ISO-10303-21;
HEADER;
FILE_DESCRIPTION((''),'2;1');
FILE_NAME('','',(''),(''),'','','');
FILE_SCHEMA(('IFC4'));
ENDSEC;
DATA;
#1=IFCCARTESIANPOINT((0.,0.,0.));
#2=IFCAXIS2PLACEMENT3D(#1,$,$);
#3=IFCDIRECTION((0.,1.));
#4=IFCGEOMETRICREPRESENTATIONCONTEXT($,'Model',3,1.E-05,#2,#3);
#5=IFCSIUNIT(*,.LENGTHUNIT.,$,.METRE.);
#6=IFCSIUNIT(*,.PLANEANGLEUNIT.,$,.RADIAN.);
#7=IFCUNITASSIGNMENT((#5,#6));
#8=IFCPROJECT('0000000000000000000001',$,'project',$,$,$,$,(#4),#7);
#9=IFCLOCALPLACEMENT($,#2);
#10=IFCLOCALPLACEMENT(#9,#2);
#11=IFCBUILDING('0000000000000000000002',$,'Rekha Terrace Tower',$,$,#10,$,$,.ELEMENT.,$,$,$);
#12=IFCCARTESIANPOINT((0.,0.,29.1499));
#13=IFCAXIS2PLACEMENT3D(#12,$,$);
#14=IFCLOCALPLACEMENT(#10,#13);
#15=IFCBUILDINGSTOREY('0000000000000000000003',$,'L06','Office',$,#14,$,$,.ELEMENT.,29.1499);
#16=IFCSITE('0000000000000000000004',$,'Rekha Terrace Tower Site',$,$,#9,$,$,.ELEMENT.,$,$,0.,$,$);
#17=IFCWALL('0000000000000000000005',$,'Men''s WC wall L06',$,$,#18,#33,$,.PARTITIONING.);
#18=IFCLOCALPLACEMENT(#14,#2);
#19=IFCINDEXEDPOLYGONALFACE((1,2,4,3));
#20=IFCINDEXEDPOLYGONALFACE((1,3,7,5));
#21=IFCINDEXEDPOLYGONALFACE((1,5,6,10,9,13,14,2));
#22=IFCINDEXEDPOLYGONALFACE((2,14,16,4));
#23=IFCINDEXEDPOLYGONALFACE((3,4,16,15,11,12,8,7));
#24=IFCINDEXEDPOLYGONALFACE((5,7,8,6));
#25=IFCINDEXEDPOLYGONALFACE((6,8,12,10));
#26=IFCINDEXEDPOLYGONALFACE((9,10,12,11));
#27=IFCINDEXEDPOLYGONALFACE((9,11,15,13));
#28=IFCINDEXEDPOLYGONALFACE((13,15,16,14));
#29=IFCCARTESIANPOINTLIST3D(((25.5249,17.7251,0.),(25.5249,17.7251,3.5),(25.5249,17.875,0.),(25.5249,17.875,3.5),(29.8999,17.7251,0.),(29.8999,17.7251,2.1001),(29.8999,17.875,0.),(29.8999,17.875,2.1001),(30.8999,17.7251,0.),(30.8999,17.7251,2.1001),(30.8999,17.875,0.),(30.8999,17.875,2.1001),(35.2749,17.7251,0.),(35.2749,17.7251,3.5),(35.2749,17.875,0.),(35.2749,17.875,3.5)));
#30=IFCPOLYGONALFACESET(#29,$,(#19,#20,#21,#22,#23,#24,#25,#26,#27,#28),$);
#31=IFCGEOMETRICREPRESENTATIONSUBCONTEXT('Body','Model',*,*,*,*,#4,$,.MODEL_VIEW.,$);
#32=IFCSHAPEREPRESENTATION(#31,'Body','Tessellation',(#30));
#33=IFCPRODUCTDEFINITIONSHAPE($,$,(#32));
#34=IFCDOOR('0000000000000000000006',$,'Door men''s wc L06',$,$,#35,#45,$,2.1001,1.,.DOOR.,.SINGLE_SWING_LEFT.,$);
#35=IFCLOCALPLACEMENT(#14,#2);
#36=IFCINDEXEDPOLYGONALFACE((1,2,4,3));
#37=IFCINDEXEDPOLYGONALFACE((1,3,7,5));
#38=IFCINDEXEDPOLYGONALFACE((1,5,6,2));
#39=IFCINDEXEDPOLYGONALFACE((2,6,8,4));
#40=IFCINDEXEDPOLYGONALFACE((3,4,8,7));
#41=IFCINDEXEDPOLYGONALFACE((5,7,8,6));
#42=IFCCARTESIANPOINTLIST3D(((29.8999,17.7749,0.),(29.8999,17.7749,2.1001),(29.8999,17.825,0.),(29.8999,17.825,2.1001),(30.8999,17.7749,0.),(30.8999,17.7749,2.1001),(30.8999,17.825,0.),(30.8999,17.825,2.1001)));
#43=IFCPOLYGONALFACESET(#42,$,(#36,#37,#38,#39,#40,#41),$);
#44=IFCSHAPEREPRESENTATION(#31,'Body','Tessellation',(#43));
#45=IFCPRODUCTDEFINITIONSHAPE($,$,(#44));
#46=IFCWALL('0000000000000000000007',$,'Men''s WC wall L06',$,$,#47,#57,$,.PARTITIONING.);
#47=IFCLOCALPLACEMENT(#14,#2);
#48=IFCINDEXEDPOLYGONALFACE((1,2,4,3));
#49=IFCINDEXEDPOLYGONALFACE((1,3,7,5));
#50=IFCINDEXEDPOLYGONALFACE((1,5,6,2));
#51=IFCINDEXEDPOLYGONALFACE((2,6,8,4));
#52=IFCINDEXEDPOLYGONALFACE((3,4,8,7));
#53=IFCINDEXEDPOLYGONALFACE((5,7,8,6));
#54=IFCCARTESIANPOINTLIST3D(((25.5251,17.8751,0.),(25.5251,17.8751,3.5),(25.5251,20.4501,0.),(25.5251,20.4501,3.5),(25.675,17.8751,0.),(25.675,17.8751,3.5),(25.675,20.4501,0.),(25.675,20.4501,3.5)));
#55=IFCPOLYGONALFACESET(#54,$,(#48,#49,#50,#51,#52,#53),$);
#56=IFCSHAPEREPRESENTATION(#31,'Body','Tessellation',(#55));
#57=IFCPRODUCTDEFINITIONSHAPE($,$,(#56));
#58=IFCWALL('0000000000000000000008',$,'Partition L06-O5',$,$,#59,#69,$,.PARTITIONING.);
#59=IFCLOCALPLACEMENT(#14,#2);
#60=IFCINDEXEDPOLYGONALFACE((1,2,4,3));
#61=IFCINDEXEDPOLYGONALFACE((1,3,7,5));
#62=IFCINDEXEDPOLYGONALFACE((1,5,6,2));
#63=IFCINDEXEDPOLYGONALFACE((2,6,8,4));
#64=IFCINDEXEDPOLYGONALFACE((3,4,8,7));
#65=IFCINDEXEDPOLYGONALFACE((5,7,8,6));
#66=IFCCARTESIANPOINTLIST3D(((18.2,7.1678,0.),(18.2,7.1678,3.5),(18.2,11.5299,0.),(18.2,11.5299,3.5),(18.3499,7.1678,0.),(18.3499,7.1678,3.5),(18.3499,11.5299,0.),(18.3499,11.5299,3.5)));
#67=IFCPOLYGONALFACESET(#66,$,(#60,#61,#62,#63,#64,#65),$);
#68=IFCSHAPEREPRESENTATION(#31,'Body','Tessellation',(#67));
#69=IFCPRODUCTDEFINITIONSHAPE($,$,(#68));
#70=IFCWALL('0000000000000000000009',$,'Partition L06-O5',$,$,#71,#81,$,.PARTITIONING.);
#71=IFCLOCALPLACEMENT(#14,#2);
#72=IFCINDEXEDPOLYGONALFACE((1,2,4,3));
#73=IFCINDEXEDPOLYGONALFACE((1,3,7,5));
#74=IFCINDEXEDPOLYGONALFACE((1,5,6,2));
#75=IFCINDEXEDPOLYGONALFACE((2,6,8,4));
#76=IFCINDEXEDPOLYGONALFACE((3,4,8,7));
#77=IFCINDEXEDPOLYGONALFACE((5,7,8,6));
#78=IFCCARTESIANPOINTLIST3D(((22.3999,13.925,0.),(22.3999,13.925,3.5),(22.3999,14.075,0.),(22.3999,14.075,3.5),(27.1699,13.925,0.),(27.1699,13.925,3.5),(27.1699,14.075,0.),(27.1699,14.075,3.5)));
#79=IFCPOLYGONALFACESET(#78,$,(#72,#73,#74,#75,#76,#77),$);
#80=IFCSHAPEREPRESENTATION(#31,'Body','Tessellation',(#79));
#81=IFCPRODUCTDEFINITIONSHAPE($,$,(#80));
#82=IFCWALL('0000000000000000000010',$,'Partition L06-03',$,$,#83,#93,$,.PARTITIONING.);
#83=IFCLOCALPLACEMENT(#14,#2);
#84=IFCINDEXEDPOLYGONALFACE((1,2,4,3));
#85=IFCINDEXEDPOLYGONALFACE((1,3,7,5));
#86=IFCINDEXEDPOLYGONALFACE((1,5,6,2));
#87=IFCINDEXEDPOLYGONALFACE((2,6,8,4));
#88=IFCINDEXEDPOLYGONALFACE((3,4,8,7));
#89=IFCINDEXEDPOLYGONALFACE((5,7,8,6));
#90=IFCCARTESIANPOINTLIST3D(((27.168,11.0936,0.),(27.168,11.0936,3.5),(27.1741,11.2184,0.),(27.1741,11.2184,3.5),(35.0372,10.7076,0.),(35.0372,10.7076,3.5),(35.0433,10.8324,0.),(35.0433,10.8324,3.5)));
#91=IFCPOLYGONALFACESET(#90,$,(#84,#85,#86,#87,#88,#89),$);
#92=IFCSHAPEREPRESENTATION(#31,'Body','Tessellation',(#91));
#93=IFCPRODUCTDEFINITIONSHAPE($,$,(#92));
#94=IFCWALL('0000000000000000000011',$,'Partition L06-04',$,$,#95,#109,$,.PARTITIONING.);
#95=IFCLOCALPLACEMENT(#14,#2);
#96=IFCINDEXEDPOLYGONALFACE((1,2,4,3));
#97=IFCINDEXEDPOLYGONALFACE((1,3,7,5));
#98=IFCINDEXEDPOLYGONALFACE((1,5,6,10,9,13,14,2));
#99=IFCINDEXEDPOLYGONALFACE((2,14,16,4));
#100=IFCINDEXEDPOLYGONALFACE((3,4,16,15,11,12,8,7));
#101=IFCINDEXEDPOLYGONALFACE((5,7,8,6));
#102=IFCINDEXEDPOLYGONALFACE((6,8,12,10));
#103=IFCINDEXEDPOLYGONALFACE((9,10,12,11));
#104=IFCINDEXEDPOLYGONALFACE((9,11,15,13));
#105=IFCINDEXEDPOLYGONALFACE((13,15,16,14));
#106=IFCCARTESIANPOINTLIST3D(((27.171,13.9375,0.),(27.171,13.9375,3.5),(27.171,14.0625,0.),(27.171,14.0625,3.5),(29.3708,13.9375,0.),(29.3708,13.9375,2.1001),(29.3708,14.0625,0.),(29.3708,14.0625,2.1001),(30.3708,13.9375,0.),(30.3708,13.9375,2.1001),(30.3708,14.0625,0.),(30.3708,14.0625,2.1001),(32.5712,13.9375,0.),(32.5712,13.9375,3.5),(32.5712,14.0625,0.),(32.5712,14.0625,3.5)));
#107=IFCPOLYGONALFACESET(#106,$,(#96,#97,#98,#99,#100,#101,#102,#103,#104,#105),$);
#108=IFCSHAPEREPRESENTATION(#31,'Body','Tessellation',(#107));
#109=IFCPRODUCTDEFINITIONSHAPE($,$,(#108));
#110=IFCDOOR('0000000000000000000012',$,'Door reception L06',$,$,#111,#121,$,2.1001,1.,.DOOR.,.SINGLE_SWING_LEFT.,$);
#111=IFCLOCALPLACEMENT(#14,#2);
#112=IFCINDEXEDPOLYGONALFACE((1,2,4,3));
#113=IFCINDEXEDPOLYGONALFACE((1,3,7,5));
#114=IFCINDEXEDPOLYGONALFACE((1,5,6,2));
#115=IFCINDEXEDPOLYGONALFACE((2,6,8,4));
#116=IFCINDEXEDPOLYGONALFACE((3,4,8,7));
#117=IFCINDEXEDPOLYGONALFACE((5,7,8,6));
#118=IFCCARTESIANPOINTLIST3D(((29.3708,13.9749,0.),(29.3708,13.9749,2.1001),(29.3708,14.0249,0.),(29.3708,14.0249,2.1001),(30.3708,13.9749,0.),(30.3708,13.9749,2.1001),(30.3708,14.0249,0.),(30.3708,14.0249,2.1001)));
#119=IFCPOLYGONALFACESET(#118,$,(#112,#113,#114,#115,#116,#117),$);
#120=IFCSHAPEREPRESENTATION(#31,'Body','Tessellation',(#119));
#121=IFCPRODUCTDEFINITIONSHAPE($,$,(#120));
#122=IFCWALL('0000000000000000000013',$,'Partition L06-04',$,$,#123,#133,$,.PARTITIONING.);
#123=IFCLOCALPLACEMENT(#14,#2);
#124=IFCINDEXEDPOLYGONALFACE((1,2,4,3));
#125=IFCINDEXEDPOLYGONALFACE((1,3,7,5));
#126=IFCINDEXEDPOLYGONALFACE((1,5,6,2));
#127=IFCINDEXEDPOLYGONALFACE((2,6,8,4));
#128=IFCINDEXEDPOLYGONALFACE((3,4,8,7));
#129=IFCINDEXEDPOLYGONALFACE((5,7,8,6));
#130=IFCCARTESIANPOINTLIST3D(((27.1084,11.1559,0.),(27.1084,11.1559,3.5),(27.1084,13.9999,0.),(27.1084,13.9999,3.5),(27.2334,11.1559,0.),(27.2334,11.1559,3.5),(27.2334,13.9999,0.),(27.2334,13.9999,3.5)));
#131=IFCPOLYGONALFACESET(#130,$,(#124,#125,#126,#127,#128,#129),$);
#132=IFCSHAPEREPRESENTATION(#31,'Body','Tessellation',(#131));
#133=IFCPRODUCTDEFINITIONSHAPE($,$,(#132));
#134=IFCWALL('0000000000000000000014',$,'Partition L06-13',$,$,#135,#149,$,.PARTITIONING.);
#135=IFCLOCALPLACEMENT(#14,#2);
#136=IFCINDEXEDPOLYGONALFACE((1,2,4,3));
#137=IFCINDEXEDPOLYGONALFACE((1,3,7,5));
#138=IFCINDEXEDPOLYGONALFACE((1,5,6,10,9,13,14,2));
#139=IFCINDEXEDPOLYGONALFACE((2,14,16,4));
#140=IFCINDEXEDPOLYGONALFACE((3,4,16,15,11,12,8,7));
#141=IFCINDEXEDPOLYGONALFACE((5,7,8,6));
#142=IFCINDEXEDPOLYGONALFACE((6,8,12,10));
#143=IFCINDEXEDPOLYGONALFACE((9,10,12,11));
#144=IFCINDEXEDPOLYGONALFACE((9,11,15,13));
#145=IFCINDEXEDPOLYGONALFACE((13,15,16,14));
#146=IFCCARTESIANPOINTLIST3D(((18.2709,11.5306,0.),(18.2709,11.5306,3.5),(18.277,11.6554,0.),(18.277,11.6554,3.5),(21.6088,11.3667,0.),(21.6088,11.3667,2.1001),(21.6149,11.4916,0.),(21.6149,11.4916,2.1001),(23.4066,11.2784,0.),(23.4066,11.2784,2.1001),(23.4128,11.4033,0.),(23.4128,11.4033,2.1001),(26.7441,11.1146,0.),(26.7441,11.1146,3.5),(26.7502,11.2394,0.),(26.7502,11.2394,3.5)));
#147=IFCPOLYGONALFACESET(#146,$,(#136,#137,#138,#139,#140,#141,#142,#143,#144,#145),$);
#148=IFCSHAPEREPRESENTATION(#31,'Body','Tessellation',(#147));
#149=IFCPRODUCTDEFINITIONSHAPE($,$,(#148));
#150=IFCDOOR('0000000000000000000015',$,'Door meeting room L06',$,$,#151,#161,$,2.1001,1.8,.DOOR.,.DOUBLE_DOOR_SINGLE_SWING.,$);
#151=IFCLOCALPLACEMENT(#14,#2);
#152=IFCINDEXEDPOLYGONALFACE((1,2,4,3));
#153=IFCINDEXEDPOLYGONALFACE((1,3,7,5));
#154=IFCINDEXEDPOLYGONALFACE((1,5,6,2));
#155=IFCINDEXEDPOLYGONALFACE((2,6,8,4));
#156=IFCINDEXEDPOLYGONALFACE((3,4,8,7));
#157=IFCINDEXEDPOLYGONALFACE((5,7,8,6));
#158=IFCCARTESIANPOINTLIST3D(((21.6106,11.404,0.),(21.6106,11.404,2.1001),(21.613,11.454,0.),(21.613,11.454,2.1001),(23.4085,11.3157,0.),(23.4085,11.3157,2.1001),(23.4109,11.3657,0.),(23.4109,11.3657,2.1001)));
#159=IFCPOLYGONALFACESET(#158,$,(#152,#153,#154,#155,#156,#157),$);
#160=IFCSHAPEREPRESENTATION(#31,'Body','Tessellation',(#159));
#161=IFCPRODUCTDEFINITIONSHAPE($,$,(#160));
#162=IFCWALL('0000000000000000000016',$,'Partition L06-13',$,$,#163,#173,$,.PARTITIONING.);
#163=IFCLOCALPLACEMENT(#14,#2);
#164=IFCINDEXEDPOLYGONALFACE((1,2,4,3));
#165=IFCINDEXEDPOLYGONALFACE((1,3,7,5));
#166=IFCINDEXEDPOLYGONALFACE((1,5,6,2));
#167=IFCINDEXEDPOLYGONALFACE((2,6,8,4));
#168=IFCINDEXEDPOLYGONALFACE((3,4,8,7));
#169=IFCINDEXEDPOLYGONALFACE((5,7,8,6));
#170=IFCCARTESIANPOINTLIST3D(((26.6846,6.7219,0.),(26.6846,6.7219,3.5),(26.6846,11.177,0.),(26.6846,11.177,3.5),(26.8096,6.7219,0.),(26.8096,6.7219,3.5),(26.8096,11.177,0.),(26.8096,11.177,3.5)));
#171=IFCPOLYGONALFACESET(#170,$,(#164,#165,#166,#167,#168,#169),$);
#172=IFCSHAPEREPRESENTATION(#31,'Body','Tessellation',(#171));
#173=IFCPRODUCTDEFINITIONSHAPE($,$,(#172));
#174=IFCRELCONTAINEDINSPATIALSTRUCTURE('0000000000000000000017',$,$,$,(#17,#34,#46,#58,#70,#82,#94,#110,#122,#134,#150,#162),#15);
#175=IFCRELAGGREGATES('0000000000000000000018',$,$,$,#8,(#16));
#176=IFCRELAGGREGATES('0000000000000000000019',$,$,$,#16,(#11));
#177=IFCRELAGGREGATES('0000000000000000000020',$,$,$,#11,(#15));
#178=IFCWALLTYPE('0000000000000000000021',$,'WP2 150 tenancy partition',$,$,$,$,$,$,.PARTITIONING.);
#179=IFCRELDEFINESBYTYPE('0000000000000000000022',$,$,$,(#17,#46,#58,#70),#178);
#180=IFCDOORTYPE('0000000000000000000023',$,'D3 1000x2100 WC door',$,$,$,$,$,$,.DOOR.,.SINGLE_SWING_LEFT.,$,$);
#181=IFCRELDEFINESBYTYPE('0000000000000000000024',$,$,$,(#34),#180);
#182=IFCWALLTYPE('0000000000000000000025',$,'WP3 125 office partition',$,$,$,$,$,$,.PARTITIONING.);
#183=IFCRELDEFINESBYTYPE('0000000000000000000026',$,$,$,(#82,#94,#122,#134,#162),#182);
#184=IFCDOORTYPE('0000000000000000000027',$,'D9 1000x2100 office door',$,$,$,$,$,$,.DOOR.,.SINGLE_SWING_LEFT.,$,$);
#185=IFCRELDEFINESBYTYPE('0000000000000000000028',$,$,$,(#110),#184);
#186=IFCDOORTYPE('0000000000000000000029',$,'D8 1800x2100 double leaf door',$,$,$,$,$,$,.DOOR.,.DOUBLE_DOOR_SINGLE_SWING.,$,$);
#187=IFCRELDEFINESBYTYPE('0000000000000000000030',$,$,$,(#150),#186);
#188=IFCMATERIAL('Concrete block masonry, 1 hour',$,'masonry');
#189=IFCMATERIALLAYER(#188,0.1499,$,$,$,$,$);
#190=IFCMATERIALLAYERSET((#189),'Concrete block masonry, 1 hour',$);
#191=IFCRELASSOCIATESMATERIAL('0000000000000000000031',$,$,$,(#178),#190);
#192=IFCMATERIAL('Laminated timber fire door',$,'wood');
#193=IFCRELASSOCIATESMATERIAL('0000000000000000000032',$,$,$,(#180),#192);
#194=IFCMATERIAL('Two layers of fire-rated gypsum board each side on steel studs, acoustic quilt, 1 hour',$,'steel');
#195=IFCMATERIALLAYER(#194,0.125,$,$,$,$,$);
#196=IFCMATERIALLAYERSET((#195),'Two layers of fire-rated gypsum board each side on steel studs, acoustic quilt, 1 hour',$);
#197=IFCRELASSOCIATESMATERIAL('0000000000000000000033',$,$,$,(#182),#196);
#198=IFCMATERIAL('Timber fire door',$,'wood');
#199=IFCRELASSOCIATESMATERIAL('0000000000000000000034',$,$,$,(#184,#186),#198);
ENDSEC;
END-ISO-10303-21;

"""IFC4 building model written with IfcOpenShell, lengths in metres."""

from ifc_helpers import new_model, si_unit, direction, frame, frame_2d, origin, place, context, subcontext, project, spatial, rectangle, extrude, material, layer, layer_set, type_object, element, fill, save


model = new_model("IFC4")

# Units and contexts
model_context = context("Model", 3, precision=1e-05, world=origin(), true_north=direction((0.0, 1.0)))
body_context = subcontext(model_context, "Body", "Model", "MODEL_VIEW")
ifc_project = project(units=[si_unit("LENGTHUNIT", "METRE"), si_unit("PLANEANGLEUNIT", "RADIAN")], contexts=[model_context])

# Site, building, storey
site_placement = place(None, origin())
site = spatial("IfcSite", under=ifc_project, at=site_placement, Name="Rekha Terrace Tower Site", CompositionType="ELEMENT", RefElevation=0.0)
building_placement = place(site_placement, origin())
building = spatial("IfcBuilding", under=site, at=building_placement, Name="Rekha Terrace Tower", CompositionType="ELEMENT")
storey_placement = place(building_placement, frame((0.0, 0.0, 29.1499)))
storey = spatial("IfcBuildingStorey", under=building, at=storey_placement, Name="L06", Description="Office", CompositionType="ELEMENT", Elevation=29.1499)

# Wall, opening, door
ifc_material_1 = material(Name="Concrete block masonry, 1 hour", Category="masonry")
ifc_layer_1 = layer(ifc_material_1, 0.1499)
ifc_layer_set_1 = layer_set([ifc_layer_1], Name="Concrete block masonry, 1 hour")
wall_type_1 = type_object("IfcWallType", Name="WP2 150 tenancy partition", PredefinedType="PARTITIONING", material=ifc_layer_set_1)
wall_1_placement = place(storey_placement, frame((25.5249, 17.8, 0.0), z_axis=(0.0, 0.0, 1.0), x_axis=(1.0, 0.0, 0.0)))
wall_1 = element("IfcWall", 1, at=wall_1_placement, inside=storey, type_object=wall_type_1, Name="Men's WC wall L06", PredefinedType="PARTITIONING", context=body_context, shape_type="SweptSolid", body=[
    extrude(rectangle(XDim=9.75, YDim=0.1499, at=frame_2d((4.875, 0.0))), origin(), (0.0, 0.0, 1.0), 3.5),
])
opening_1_placement = place(wall_1_placement, frame((4.375, 0.0, 0.0)))
opening_1 = element("IfcOpeningElement", 2, at=opening_1_placement, cuts=wall_1, PredefinedType="OPENING", context=body_context, shape_type="SweptSolid", body=[
    extrude(rectangle(XDim=1.0, YDim=2.1001, at=frame_2d((0.5, 1.05))), frame((0.0, 0.085, 0.0), z_axis=(0.0, -1.0, 0.0), x_axis=(1.0, 0.0, 0.0)), (0.0, 0.0, 1.0), 0.1699),
])
ifc_material_2 = material(Name="Laminated timber fire door", Category="wood")
door_type_1 = type_object("IfcDoorType", Name="D3 1000x2100 WC door", OperationType="SINGLE_SWING_LEFT", PredefinedType="DOOR", material=ifc_material_2)
door_1_placement = place(opening_1_placement, origin())
door_1 = element("IfcDoor", 3, at=door_1_placement, inside=storey, type_object=door_type_1, Name="Door men's wc L06", OperationType="SINGLE_SWING_LEFT", OverallHeight=2.1001, OverallWidth=1.0, PredefinedType="DOOR", context=body_context, shape_type="SweptSolid", body=[
    extrude(rectangle(XDim=1.0, YDim=2.1001, at=frame_2d((0.5, 1.05))), frame((0.0, 0.0249, 0.0), z_axis=(0.0, -1.0, 0.0), x_axis=(1.0, 0.0, 0.0)), (0.0, 0.0, 1.0), 0.05),
])
fill(opening_1, door_1)

# Walls
wall_2_placement = place(storey_placement, frame((25.6001, 17.875, 0.0), z_axis=(0.0, 0.0, 1.0), x_axis=(0.0, 1.0, 0.0)))
element("IfcWall", 4, at=wall_2_placement, inside=storey, type_object=wall_type_1, Name="Men's WC wall L06", PredefinedType="PARTITIONING", context=body_context, shape_type="SweptSolid", body=[
    extrude(rectangle(XDim=2.575, YDim=0.1499, at=frame_2d((1.2876, 0.0))), origin(), (0.0, 0.0, 1.0), 3.5),
])
wall_3_placement = place(storey_placement, frame((18.2749, 11.53, 0.0), z_axis=(0.0, 0.0, 1.0), x_axis=(0.0, -1.0, 0.0)))
element("IfcWall", 5, at=wall_3_placement, inside=storey, type_object=wall_type_1, Name="Partition L06-O5", PredefinedType="PARTITIONING", context=body_context, shape_type="SweptSolid", body=[
    extrude(rectangle(XDim=4.3621, YDim=0.1499, at=frame_2d((2.1812, 0.0))), origin(), (0.0, 0.0, 1.0), 3.5),
])
wall_4_placement = place(storey_placement, frame((22.3999, 14.0, 0.0), z_axis=(0.0, 0.0, 1.0), x_axis=(1.0, 0.0, 0.0)))
element("IfcWall", 6, at=wall_4_placement, inside=storey, type_object=wall_type_1, Name="Partition L06-O5", PredefinedType="PARTITIONING", context=body_context, shape_type="SweptSolid", body=[
    extrude(rectangle(XDim=4.77, YDim=0.1499, at=frame_2d((2.385, 0.0))), origin(), (0.0, 0.0, 1.0), 3.5),
])
ifc_material_3 = material(Name="Two layers of fire-rated gypsum board each side on steel studs, acoustic quilt, 1 hour", Category="steel")
ifc_layer_2 = layer(ifc_material_3, 0.125)
ifc_layer_set_2 = layer_set([ifc_layer_2], Name="Two layers of fire-rated gypsum board each side on steel studs, acoustic quilt, 1 hour")
wall_type_2 = type_object("IfcWallType", Name="WP3 125 office partition", PredefinedType="PARTITIONING", material=ifc_layer_set_2)
wall_5_placement = place(storey_placement, frame((27.1709, 11.156, 0.0), z_axis=(0.0, 0.0, 1.0), x_axis=(0.998799, -0.048992, 0.0)))
element("IfcWall", 7, at=wall_5_placement, inside=storey, type_object=wall_type_2, Name="Partition L06-03", PredefinedType="PARTITIONING", context=body_context, shape_type="SweptSolid", body=[
    extrude(rectangle(XDim=7.8787, YDim=0.125, at=frame_2d((3.9395, 0.0))), origin(), (0.0, 0.0, 1.0), 3.5),
])

# Wall, opening, door
wall_6_placement = place(storey_placement, frame((27.1709, 14.0, 0.0), z_axis=(0.0, 0.0, 1.0), x_axis=(1.0, 0.0, 0.0)))
wall_6 = element("IfcWall", 8, at=wall_6_placement, inside=storey, type_object=wall_type_2, Name="Partition L06-04", PredefinedType="PARTITIONING", context=body_context, shape_type="SweptSolid", body=[
    extrude(rectangle(XDim=5.4001, YDim=0.125, at=frame_2d((2.7002, 0.0))), origin(), (0.0, 0.0, 1.0), 3.5),
])
opening_2_placement = place(wall_6_placement, frame((2.2, 0.0, 0.0)))
opening_2 = element("IfcOpeningElement", 9, at=opening_2_placement, cuts=wall_6, PredefinedType="OPENING", context=body_context, shape_type="SweptSolid", body=[
    extrude(rectangle(XDim=1.0, YDim=2.1001, at=frame_2d((0.5, 1.05))), frame((0.0, 0.0725, 0.0), z_axis=(0.0, -1.0, 0.0), x_axis=(1.0, 0.0, 0.0)), (0.0, 0.0, 1.0), 0.145),
])
ifc_material_4 = material(Name="Timber fire door", Category="wood")
door_type_2 = type_object("IfcDoorType", Name="D9 1000x2100 office door", OperationType="SINGLE_SWING_LEFT", PredefinedType="DOOR", material=ifc_material_4)
door_2_placement = place(opening_2_placement, origin())
door_2 = element("IfcDoor", 10, at=door_2_placement, inside=storey, type_object=door_type_2, Name="Door reception L06", OperationType="SINGLE_SWING_LEFT", OverallHeight=2.1001, OverallWidth=1.0, PredefinedType="DOOR", context=body_context, shape_type="SweptSolid", body=[
    extrude(rectangle(XDim=1.0, YDim=2.1001, at=frame_2d((0.5, 1.05))), frame((0.0, 0.0249, 0.0), z_axis=(0.0, -1.0, 0.0), x_axis=(1.0, 0.0, 0.0)), (0.0, 0.0, 1.0), 0.05),
])
fill(opening_2, door_2)

# Wall
wall_7_placement = place(storey_placement, frame((27.1709, 11.156, 0.0), z_axis=(0.0, 0.0, 1.0), x_axis=(0.0, 1.0, 0.0)))
element("IfcWall", 11, at=wall_7_placement, inside=storey, type_object=wall_type_2, Name="Partition L06-04", PredefinedType="PARTITIONING", context=body_context, shape_type="SweptSolid", body=[
    extrude(rectangle(XDim=2.844, YDim=0.125, at=frame_2d((1.4219, 0.0))), origin(), (0.0, 0.0, 1.0), 3.5),
])

# Wall, opening, door
wall_8_placement = place(storey_placement, frame((18.2739, 11.593, 0.0), z_axis=(0.0, 0.0, 1.0), x_axis=(0.998797, -0.049039, 0.0)))
wall_8 = element("IfcWall", 12, at=wall_8_placement, inside=storey, type_object=wall_type_2, Name="Partition L06-13", PredefinedType="PARTITIONING", context=body_context, shape_type="SweptSolid", body=[
    extrude(rectangle(XDim=8.4834, YDim=0.125, at=frame_2d((4.2417, 0.0))), origin(), (0.0, 0.0, 1.0), 3.5),
])
opening_3_placement = place(wall_8_placement, frame((3.342, 0.0, 0.0)))
opening_3 = element("IfcOpeningElement", 13, at=opening_3_placement, cuts=wall_8, PredefinedType="OPENING", context=body_context, shape_type="SweptSolid", body=[
    extrude(rectangle(XDim=1.8, YDim=2.1001, at=frame_2d((0.8999, 1.05))), frame((0.0, 0.0725, 0.0), z_axis=(0.0, -1.0, 0.0), x_axis=(1.0, 0.0, 0.0)), (0.0, 0.0, 1.0), 0.145),
])
door_type_3 = type_object("IfcDoorType", Name="D8 1800x2100 double leaf door", OperationType="DOUBLE_DOOR_SINGLE_SWING", PredefinedType="DOOR", material=ifc_material_4)
door_3_placement = place(opening_3_placement, origin())
door_3 = element("IfcDoor", 14, at=door_3_placement, inside=storey, type_object=door_type_3, Name="Door meeting room L06", OperationType="DOUBLE_DOOR_SINGLE_SWING", OverallHeight=2.1001, OverallWidth=1.8, PredefinedType="DOOR", context=body_context, shape_type="SweptSolid", body=[
    extrude(rectangle(XDim=1.8, YDim=2.1001, at=frame_2d((0.8999, 1.05))), frame((0.0, 0.0249, 0.0), z_axis=(0.0, -1.0, 0.0), x_axis=(1.0, 0.0, 0.0)), (0.0, 0.0, 1.0), 0.05),
])
fill(opening_3, door_3)

# Wall
wall_9_placement = place(storey_placement, frame((26.7471, 11.177, 0.0), z_axis=(0.0, 0.0, 1.0), x_axis=(0.0, -1.0, 0.0)))
element("IfcWall", 15, at=wall_9_placement, inside=storey, type_object=wall_type_2, Name="Partition L06-13", PredefinedType="PARTITIONING", context=body_context, shape_type="SweptSolid", body=[
    extrude(rectangle(XDim=4.4551, YDim=0.125, at=frame_2d((2.2275, 0.0))), origin(), (0.0, 0.0, 1.0), 3.5),
])

save(model, "model.ifc")
